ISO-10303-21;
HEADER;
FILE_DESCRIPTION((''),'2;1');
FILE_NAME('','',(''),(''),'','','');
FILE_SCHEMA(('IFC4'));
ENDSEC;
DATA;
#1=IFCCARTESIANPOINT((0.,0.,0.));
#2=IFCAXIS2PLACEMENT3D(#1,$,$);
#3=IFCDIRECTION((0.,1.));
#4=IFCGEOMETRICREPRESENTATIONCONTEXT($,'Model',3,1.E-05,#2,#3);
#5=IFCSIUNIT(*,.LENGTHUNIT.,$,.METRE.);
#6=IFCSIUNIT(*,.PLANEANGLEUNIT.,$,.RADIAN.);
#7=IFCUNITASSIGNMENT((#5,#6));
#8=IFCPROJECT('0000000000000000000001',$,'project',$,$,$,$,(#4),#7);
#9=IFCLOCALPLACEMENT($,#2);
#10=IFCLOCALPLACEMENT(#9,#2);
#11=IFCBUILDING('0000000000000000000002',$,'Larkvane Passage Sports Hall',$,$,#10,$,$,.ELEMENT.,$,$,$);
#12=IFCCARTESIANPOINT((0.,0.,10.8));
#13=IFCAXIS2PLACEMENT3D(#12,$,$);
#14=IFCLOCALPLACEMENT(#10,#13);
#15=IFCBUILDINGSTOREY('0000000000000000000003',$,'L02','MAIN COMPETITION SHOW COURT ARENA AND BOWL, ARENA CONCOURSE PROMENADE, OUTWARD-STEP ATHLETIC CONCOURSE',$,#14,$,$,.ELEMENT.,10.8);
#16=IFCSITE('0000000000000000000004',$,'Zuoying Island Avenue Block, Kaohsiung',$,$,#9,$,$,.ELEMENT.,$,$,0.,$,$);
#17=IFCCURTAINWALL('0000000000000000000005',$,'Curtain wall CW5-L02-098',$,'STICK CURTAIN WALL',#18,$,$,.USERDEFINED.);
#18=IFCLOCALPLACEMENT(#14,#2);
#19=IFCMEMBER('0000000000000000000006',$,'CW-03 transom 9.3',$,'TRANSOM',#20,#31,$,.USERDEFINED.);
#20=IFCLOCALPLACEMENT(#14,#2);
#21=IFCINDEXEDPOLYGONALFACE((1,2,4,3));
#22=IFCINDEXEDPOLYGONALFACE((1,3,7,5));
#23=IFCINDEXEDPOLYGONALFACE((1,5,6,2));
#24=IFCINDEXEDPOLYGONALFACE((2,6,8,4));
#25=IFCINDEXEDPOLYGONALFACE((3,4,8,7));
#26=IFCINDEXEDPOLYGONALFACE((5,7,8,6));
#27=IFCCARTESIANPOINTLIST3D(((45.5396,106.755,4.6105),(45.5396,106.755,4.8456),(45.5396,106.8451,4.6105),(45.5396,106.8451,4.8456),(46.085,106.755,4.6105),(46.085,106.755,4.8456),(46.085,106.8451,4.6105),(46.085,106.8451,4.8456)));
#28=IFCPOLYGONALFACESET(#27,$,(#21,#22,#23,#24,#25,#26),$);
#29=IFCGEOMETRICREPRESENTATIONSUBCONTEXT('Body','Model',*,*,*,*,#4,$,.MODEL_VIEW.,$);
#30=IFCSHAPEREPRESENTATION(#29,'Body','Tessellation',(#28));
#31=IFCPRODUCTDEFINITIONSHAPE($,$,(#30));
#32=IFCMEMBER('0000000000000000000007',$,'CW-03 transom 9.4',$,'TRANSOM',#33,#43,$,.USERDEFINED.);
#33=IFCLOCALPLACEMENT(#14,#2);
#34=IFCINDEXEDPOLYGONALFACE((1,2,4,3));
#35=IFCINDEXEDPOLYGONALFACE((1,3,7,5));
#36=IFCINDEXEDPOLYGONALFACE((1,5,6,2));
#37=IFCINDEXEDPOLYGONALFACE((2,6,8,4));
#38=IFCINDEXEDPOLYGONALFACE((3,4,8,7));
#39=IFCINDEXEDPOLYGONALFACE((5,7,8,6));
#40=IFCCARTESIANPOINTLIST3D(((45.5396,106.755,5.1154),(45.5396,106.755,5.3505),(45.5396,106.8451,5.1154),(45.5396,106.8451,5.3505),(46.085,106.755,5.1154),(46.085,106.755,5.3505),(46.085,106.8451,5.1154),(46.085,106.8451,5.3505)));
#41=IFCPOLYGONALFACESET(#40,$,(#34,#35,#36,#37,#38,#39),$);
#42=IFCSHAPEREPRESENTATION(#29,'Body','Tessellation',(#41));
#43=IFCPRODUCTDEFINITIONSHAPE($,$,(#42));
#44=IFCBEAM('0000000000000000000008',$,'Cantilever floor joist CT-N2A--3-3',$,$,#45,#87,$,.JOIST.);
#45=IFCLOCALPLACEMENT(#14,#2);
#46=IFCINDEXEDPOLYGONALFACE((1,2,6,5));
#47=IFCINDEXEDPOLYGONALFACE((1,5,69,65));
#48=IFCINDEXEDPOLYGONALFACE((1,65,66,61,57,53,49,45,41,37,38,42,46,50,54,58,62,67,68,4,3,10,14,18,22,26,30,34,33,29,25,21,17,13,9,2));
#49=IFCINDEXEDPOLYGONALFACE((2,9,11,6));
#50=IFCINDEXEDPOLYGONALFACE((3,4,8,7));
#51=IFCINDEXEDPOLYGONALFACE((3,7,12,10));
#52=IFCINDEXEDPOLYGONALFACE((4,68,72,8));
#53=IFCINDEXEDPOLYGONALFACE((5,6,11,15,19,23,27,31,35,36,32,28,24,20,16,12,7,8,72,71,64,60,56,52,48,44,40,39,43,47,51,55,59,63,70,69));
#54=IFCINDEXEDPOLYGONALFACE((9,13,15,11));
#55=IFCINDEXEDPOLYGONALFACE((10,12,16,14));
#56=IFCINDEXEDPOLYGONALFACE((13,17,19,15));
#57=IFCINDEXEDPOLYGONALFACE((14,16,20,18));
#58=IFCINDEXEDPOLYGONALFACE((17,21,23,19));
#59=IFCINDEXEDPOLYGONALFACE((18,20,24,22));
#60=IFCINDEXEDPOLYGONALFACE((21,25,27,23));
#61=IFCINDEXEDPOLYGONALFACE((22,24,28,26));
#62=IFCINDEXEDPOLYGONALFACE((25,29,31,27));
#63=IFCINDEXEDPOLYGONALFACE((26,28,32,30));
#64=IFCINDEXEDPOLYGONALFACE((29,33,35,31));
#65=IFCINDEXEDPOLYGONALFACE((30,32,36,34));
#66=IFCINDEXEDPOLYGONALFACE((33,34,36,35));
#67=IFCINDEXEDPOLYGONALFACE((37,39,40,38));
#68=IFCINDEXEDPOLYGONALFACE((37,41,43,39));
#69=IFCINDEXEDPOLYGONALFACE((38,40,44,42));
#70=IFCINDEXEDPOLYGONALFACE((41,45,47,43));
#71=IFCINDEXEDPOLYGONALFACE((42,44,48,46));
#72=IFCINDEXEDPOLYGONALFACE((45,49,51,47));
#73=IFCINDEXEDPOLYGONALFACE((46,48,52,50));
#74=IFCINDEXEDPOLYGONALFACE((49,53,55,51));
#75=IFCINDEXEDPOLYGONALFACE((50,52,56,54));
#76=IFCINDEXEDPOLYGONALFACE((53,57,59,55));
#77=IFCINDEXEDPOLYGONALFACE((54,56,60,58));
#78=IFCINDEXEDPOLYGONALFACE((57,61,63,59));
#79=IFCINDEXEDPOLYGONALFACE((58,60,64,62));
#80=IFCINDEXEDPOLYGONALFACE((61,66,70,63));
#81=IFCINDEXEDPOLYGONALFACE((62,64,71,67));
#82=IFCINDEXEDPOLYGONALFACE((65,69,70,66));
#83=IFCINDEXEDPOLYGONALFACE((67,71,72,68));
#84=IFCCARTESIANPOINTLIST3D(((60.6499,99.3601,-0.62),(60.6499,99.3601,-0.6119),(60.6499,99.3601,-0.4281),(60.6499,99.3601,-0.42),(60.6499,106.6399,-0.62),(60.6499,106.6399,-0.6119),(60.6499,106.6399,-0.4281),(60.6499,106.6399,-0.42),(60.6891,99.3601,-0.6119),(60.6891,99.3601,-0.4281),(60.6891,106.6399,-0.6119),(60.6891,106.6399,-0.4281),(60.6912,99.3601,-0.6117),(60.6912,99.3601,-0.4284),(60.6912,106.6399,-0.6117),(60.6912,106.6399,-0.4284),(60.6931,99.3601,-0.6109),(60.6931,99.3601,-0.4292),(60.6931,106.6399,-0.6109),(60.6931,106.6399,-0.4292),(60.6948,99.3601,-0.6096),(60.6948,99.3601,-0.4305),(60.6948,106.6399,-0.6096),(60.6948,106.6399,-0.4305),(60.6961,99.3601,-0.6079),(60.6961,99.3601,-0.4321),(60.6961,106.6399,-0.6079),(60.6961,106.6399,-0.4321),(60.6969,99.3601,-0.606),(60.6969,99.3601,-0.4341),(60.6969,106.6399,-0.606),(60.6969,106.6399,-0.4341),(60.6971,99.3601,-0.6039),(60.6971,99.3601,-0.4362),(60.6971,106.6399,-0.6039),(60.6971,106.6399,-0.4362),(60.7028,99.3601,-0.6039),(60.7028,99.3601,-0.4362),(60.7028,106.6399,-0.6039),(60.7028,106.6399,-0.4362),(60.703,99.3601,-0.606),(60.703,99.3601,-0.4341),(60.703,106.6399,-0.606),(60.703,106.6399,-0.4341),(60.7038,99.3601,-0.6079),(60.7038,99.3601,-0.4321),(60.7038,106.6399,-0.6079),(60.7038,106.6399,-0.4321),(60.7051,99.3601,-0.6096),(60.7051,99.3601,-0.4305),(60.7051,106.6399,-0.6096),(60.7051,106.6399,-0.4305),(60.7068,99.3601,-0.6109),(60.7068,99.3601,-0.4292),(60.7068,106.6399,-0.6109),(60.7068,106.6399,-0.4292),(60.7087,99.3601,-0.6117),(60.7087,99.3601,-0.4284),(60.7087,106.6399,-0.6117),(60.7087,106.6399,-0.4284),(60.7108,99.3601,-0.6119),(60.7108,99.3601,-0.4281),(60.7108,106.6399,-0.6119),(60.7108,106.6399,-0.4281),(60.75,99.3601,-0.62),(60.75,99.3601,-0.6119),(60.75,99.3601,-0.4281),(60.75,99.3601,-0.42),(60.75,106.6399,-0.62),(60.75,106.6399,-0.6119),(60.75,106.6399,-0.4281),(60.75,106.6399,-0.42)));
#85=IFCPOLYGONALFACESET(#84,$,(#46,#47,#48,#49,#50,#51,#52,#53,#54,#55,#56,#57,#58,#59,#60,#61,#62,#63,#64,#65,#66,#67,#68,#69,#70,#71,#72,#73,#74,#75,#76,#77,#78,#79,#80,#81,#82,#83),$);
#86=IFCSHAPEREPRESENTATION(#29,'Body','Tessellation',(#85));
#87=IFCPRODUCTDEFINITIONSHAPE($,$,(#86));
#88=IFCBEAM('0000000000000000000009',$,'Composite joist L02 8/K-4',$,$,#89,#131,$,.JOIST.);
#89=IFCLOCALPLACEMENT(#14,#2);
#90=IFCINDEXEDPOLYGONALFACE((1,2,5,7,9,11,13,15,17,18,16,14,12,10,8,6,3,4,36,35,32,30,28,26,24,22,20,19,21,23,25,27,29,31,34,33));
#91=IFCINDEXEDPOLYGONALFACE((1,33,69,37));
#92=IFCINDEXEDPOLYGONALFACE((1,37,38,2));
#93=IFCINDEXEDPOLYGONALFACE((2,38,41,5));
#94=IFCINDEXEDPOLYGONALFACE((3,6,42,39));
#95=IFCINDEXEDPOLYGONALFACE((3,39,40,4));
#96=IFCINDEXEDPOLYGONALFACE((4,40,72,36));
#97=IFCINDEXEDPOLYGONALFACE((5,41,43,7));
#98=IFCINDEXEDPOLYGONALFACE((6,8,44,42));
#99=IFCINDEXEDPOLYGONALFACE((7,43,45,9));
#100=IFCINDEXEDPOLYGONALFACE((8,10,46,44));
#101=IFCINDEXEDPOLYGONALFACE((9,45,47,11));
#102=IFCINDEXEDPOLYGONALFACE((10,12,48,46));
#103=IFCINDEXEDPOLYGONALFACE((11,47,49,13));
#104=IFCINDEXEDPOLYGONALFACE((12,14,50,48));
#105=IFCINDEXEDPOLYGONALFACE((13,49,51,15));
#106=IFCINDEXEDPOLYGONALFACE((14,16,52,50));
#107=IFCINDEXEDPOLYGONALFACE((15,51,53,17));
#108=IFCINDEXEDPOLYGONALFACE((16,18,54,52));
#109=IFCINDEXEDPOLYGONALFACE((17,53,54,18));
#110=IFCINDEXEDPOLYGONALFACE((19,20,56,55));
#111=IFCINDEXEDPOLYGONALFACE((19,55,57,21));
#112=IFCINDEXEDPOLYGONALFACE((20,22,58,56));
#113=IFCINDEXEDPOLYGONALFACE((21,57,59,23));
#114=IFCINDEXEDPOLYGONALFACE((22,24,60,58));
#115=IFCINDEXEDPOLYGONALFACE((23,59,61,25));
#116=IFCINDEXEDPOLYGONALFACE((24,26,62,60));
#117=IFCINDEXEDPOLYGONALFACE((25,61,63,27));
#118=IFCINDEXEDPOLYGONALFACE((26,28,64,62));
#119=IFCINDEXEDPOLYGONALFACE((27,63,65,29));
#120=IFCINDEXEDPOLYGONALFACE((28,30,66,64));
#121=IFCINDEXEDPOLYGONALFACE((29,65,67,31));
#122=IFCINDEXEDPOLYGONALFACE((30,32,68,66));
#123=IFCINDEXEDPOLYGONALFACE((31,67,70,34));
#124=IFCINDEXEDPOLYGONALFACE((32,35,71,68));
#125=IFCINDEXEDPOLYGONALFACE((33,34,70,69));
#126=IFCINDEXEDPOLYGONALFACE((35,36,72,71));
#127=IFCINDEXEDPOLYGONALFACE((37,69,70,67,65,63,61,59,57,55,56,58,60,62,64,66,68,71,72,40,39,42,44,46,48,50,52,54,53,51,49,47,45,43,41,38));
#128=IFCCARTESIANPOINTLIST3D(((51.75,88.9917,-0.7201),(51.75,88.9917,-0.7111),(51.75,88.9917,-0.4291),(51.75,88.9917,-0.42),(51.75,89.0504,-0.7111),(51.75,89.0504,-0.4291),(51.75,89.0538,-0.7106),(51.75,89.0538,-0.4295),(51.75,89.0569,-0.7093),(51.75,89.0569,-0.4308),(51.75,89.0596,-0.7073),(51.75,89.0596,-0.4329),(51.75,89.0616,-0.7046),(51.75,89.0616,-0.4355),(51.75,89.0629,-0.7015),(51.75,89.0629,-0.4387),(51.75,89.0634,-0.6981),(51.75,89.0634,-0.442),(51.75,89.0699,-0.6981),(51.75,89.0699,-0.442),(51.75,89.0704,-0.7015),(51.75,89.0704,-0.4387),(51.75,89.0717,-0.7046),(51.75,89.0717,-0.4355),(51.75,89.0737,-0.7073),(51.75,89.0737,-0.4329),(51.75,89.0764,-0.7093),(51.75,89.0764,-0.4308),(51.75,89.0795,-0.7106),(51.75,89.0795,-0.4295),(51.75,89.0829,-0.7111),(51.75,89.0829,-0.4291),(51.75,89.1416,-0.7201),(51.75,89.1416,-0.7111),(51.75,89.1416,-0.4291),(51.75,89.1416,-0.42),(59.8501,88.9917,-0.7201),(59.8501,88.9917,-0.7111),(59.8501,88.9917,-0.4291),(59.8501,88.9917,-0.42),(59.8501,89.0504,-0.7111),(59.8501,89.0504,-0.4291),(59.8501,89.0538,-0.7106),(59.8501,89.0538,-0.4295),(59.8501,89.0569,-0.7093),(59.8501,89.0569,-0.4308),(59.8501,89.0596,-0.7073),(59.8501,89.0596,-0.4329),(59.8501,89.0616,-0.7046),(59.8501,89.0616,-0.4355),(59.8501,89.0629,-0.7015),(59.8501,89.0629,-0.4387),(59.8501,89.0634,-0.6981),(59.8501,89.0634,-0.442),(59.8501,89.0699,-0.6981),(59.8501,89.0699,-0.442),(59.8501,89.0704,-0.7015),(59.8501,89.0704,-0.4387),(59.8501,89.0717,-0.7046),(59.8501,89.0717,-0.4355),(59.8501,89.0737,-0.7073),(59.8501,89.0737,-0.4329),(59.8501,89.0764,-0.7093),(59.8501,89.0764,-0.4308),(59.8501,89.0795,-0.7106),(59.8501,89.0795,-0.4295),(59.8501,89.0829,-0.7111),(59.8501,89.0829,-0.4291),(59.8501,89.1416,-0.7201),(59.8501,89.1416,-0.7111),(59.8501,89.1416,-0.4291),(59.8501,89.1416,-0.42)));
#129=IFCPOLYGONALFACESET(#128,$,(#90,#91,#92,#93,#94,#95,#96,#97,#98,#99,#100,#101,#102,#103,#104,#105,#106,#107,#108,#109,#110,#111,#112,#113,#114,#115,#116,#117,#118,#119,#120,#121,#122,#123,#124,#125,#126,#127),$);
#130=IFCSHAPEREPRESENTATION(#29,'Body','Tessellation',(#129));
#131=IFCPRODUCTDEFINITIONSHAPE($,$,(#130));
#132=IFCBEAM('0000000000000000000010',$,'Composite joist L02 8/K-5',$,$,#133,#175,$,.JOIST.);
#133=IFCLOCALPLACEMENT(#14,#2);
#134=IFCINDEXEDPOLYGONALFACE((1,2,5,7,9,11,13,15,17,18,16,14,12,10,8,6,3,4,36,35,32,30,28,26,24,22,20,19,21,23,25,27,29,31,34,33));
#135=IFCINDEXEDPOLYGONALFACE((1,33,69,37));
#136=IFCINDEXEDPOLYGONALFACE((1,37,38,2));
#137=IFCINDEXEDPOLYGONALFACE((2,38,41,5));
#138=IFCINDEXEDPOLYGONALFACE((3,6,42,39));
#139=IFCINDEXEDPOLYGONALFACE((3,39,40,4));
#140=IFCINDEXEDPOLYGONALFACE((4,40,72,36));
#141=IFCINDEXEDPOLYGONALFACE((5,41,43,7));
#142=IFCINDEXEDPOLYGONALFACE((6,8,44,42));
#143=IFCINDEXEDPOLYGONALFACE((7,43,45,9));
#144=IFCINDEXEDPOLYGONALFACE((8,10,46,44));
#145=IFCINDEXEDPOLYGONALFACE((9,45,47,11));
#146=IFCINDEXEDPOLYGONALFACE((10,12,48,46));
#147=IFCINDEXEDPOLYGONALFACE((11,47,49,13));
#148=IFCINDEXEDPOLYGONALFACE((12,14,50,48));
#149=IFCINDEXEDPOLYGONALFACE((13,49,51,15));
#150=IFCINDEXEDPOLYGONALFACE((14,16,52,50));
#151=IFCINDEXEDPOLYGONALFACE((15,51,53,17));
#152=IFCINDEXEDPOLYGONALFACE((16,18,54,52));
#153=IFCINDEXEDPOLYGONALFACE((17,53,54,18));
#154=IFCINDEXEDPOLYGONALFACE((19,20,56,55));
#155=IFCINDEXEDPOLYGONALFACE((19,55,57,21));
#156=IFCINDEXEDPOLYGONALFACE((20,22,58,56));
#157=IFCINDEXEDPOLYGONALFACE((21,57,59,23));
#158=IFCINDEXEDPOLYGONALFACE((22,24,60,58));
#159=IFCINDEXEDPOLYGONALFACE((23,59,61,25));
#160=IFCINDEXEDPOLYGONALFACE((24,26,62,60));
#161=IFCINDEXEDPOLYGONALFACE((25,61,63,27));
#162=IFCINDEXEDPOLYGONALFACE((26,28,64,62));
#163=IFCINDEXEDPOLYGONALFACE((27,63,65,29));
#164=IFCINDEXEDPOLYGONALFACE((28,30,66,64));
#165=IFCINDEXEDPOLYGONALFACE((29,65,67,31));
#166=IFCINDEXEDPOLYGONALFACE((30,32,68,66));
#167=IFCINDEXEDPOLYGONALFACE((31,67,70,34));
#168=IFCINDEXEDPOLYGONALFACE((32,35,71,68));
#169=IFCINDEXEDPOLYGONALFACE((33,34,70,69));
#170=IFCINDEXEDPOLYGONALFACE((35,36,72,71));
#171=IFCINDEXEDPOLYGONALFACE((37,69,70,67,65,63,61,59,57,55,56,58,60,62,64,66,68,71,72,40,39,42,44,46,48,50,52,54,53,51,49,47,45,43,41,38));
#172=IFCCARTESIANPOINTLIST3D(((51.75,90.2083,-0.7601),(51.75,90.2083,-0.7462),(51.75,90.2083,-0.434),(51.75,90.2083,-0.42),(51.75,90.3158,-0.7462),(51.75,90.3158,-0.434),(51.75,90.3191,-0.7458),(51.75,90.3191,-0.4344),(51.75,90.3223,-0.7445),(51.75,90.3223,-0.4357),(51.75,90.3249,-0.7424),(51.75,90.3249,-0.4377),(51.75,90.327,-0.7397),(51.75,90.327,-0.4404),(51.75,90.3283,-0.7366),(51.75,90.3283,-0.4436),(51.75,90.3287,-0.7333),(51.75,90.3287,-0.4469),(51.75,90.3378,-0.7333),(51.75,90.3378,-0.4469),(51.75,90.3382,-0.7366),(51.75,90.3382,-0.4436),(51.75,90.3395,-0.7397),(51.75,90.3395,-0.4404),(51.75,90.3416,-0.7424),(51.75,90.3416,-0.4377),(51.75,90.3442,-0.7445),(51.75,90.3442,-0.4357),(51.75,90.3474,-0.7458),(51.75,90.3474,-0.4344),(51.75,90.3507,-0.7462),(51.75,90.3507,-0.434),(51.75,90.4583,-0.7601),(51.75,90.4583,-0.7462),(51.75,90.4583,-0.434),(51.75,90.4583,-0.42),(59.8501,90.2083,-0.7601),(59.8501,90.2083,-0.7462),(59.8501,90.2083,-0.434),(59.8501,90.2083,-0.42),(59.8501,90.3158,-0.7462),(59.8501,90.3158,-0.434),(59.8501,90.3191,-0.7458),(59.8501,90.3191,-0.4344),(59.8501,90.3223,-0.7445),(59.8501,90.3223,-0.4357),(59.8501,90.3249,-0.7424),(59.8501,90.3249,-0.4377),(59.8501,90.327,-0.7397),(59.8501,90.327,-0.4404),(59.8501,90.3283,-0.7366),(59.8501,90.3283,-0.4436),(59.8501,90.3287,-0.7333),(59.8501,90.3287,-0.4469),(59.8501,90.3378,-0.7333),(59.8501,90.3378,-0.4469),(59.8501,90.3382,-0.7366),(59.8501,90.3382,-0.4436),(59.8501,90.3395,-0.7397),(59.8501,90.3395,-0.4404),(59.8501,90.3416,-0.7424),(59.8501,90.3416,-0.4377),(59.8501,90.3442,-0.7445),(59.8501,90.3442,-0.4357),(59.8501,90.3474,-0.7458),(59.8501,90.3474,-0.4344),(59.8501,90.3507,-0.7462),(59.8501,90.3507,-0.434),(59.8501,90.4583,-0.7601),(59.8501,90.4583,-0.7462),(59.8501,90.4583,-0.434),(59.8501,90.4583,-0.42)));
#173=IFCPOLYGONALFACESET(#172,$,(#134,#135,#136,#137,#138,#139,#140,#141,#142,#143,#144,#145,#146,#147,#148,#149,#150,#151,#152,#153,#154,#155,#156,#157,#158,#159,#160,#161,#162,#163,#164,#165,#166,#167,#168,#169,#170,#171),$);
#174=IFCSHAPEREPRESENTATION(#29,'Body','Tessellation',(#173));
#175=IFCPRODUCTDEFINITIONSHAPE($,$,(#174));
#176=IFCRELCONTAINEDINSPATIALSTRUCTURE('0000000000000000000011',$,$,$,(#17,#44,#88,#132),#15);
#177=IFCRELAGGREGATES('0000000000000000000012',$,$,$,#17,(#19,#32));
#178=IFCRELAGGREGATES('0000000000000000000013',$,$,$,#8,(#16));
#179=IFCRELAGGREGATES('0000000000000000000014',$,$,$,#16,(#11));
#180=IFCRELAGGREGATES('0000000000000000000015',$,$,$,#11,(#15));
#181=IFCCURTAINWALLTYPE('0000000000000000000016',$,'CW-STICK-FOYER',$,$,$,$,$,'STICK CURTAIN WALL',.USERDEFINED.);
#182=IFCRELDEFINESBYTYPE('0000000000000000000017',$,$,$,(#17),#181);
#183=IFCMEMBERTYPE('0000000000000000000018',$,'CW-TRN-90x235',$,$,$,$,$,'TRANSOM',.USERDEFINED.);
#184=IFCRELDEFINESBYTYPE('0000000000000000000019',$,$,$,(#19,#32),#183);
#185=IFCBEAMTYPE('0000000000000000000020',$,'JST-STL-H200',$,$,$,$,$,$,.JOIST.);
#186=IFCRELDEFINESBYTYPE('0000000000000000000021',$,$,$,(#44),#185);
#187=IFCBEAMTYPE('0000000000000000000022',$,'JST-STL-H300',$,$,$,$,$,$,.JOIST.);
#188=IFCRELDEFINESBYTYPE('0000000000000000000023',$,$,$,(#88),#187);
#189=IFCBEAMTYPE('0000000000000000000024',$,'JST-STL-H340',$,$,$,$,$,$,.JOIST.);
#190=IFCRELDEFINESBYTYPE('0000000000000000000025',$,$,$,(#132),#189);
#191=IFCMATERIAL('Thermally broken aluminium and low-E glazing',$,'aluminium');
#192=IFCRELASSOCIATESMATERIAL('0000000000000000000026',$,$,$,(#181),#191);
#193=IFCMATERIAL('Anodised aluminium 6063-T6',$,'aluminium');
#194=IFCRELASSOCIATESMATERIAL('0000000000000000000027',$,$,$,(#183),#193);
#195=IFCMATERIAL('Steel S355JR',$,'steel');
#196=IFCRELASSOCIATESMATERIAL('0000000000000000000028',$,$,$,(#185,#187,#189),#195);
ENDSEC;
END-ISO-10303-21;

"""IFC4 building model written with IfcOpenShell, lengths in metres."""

from ifc_helpers import new_model, si_unit, direction, frame, origin, origin_2d, place, context, subcontext, project, spatial, rectangle, i_section, extrude, material, material_profile, profile_set, type_object, element, aggregate, save


model = new_model("IFC4")

# Units and contexts
model_context = context("Model", 3, precision=1e-05, world=origin(), true_north=direction((0.0, 1.0)))
body_context = subcontext(model_context, "Body", "Model", "MODEL_VIEW")
ifc_project = project(units=[si_unit("LENGTHUNIT", "METRE"), si_unit("PLANEANGLEUNIT", "RADIAN")], contexts=[model_context])

# Site, building, storey
site_placement = place(None, origin())
site = spatial("IfcSite", under=ifc_project, at=site_placement, Name="Zuoying Island Avenue Block, Kaohsiung", CompositionType="ELEMENT", RefElevation=0.0)
building_placement = place(site_placement, origin())
building = spatial("IfcBuilding", under=site, at=building_placement, Name="Larkvane Passage Sports Hall", CompositionType="ELEMENT")
storey_placement = place(building_placement, frame((0.0, 0.0, 10.8)))
storey = spatial("IfcBuildingStorey", under=building, at=storey_placement, Name="L02", Description="MAIN COMPETITION SHOW COURT ARENA AND BOWL, ARENA CONCOURSE PROMENADE, OUTWARD-STEP ATHLETIC CONCOURSE", CompositionType="ELEMENT", Elevation=10.8)

# Curtain wall
ifc_material_1 = material(Name="Thermally broken aluminium and low-E glazing", Category="aluminium")
ifc_material_2 = material(Name="Anodised aluminium 6063-T6", Category="aluminium")
curtain_wall_type_1 = type_object("IfcCurtainWallType", Name="CW-STICK-FOYER", ElementType="STICK CURTAIN WALL", PredefinedType="USERDEFINED", material=ifc_material_1)
curtain_wall_1_placement = place(storey_placement, origin())
curtain_wall_1 = element("IfcCurtainWall", 1, at=curtain_wall_1_placement, inside=storey, type_object=curtain_wall_type_1, Name="Curtain wall CW5-L02-098", ObjectType="STICK CURTAIN WALL", PredefinedType="USERDEFINED")

# Members
ifc_material_profile_1 = material_profile(ifc_material_2, rectangle(XDim=0.0901, YDim=0.2351, at=origin_2d()), Name="ALU-TRN-90x235")
ifc_profile_set_1 = profile_set([ifc_material_profile_1], Name="Anodised aluminium 6063-T6")
member_type_1 = type_object("IfcMemberType", Name="CW-TRN-90x235", ElementType="TRANSOM", PredefinedType="USERDEFINED", material=ifc_profile_set_1)
member_1_placement = place(storey_placement, frame((45.5396, 106.8, 4.728), z_axis=(1.0, 0.0, 0.0), x_axis=(0.0, 1.0, 0.0)))
member_1 = element("IfcMember", 2, at=member_1_placement, type_object=member_type_1, Name="CW-03 transom 9.3", ObjectType="TRANSOM", PredefinedType="USERDEFINED", context=body_context, shape_type="SweptSolid", body=[
    extrude(rectangle(XDim=0.0901, YDim=0.2351, at=origin_2d()), origin(), (0.0, 0.0, 1.0), 0.5454),
])
member_2_placement = place(storey_placement, frame((45.5396, 106.8, 5.2329), z_axis=(1.0, 0.0, 0.0), x_axis=(0.0, 1.0, 0.0)))
member_2 = element("IfcMember", 3, at=member_2_placement, type_object=member_type_1, Name="CW-03 transom 9.4", ObjectType="TRANSOM", PredefinedType="USERDEFINED", context=body_context, shape_type="SweptSolid", body=[
    extrude(rectangle(XDim=0.0901, YDim=0.2351, at=origin_2d()), origin(), (0.0, 0.0, 1.0), 0.5454),
])

# Beams
ifc_material_3 = material(Name="Steel S355JR", Category="steel")
ifc_material_profile_2 = material_profile(ifc_material_3, i_section(OverallWidth=0.1001, OverallDepth=0.2, WebThickness=0.0056, FlangeThickness=0.0081, FilletRadius=0.0081, at=origin_2d()), Name="H-200x100x5.5x8")
ifc_profile_set_2 = profile_set([ifc_material_profile_2], Name="Steel S355JR")
beam_type_1 = type_object("IfcBeamType", Name="JST-STL-H200", PredefinedType="JOIST", material=ifc_profile_set_2)
beam_1_placement = place(storey_placement, frame((60.7, 99.3601, -0.52), z_axis=(0.0, 1.0, 0.0), x_axis=(-1.0, 0.0, 0.0)))
element("IfcBeam", 4, at=beam_1_placement, inside=storey, type_object=beam_type_1, Name="Cantilever floor joist CT-N2A--3-3", PredefinedType="JOIST", context=body_context, shape_type="SweptSolid", body=[
    extrude(i_section(OverallWidth=0.1001, OverallDepth=0.2, WebThickness=0.0056, FlangeThickness=0.0081, FilletRadius=0.0081, at=origin_2d()), origin(), (0.0, 0.0, 1.0), 7.2798),
])
ifc_material_profile_3 = material_profile(ifc_material_3, i_section(OverallWidth=0.1499, OverallDepth=0.3, WebThickness=0.0066, FlangeThickness=0.009, FilletRadius=0.0129, at=origin_2d()), Name="H-300x150x6.5x9")
ifc_profile_set_3 = profile_set([ifc_material_profile_3], Name="Steel S355JR")
beam_type_2 = type_object("IfcBeamType", Name="JST-STL-H300", PredefinedType="JOIST", material=ifc_profile_set_3)
beam_2_placement = place(storey_placement, frame((51.75, 89.0667, -0.5701), z_axis=(1.0, 0.0, 0.0), x_axis=(0.0, 1.0, 0.0)))
element("IfcBeam", 5, at=beam_2_placement, inside=storey, type_object=beam_type_2, Name="Composite joist L02 8/K-4", PredefinedType="JOIST", context=body_context, shape_type="SweptSolid", body=[
    extrude(i_section(OverallWidth=0.1499, OverallDepth=0.3, WebThickness=0.0066, FlangeThickness=0.009, FilletRadius=0.0129, at=origin_2d()), origin(), (0.0, 0.0, 1.0), 8.1001),
])
ifc_material_profile_4 = material_profile(ifc_material_3, i_section(OverallWidth=0.25, OverallDepth=0.3401, WebThickness=0.009, FlangeThickness=0.0139, FilletRadius=0.0129, at=origin_2d()), Name="H-340x250x9x14")
ifc_profile_set_4 = profile_set([ifc_material_profile_4], Name="Steel S355JR")
beam_type_3 = type_object("IfcBeamType", Name="JST-STL-H340", PredefinedType="JOIST", material=ifc_profile_set_4)
for number, where, z_axis, x_axis, name in (
    (6, (51.75, 90.3333, -0.5901), (1.0, 0.0, 0.0), (0.0, 1.0, 0.0), "Composite joist L02 8/K-5"),
):
    element("IfcBeam", number, at=place(storey_placement, frame(where, z_axis=z_axis, x_axis=x_axis)), inside=storey, type_object=beam_type_3, Name=name, PredefinedType="JOIST", context=body_context, shape_type="SweptSolid", body=[
        extrude(i_section(OverallWidth=0.25, OverallDepth=0.3401, WebThickness=0.009, FlangeThickness=0.0139, FilletRadius=0.0129, at=origin_2d()), origin(), (0.0, 0.0, 1.0), 8.1001),
    ])

aggregate(curtain_wall_1, [member_1, member_2])

save(model, "model.ifc")
